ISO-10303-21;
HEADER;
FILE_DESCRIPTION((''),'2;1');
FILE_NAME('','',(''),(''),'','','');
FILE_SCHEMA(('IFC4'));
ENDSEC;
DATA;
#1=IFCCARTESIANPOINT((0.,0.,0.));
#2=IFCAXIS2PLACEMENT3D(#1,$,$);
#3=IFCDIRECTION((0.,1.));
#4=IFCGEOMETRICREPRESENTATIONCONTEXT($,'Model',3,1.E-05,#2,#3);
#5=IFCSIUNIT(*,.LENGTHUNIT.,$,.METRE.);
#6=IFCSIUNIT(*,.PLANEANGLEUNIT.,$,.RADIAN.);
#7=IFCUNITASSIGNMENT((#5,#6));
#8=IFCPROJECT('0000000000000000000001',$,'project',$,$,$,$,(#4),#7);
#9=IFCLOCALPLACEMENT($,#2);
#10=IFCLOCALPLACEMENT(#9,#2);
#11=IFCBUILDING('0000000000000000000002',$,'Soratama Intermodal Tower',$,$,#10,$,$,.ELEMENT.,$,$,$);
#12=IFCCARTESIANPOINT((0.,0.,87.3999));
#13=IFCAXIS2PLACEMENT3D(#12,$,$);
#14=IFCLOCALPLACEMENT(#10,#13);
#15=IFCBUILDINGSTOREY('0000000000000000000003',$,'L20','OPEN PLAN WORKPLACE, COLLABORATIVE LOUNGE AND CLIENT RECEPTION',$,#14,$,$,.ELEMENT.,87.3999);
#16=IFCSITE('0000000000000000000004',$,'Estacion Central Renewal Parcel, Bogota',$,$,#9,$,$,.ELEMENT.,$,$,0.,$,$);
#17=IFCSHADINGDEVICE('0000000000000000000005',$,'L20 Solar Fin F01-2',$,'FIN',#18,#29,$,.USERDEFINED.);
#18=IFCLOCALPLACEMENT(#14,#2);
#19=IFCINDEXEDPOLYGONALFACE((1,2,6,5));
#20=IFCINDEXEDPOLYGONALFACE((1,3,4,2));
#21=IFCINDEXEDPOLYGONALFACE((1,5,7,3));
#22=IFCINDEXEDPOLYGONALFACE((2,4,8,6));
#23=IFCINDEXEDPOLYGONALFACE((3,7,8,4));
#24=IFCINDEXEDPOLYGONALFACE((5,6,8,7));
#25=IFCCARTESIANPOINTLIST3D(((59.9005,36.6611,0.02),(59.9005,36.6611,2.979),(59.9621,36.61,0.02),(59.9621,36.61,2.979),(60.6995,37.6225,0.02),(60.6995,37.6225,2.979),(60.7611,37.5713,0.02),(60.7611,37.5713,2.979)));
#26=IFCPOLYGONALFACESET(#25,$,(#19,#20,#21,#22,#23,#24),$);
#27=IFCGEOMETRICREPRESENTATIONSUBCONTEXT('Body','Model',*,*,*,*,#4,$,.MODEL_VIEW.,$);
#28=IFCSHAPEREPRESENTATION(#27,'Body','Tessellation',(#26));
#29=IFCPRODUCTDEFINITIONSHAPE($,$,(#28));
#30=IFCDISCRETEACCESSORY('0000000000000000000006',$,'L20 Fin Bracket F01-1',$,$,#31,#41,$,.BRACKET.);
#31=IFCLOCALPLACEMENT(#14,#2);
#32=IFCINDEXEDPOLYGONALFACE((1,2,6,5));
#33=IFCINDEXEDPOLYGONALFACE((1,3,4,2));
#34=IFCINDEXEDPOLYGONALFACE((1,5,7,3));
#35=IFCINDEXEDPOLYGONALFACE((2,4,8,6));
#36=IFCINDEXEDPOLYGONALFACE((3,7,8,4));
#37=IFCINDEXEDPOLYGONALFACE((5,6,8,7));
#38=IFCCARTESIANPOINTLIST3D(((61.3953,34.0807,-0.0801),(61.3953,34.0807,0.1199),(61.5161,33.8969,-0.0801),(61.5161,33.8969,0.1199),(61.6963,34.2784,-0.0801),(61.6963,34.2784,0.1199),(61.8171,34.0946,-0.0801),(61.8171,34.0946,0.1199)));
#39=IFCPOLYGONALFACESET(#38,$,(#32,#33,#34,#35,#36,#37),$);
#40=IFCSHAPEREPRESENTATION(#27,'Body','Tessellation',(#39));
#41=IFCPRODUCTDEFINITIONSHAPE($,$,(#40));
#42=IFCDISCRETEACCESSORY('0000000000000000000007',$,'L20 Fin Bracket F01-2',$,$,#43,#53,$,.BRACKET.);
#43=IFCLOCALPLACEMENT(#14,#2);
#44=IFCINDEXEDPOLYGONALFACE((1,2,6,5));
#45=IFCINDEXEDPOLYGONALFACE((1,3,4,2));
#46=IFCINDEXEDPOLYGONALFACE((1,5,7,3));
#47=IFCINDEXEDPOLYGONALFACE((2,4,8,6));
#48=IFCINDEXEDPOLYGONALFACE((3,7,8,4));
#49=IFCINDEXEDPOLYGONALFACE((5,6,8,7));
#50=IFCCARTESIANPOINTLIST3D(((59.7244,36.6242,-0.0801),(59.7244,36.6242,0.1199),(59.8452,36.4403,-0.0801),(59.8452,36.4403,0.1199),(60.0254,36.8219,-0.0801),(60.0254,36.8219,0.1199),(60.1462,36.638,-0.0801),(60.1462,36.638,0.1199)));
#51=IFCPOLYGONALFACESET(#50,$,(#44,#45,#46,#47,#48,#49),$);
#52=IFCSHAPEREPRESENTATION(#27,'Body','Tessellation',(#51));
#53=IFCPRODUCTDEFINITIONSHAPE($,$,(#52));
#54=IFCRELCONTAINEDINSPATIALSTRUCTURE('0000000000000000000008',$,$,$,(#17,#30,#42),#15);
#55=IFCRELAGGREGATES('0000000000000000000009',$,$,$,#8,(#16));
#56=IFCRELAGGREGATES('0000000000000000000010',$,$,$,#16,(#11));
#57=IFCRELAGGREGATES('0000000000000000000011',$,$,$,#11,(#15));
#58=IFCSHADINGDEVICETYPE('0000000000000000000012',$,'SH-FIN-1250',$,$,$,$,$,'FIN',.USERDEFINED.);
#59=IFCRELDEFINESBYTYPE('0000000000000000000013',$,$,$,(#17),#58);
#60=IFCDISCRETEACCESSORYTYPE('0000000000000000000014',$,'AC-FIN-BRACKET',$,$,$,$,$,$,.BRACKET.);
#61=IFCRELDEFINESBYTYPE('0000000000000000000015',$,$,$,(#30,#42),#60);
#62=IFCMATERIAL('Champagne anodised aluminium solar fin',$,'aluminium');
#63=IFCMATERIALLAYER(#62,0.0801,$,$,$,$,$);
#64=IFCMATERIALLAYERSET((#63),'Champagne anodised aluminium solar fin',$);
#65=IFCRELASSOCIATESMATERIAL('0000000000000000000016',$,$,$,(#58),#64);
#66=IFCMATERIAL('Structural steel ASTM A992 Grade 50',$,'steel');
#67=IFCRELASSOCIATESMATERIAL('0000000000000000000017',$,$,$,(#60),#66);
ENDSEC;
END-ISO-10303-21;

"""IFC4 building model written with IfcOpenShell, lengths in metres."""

from ifc_helpers import new_model, si_unit, direction, frame, origin, origin_2d, place, context, subcontext, project, spatial, rectangle, extrude, material, layer, layer_set, type_object, element, save


model = new_model("IFC4")

# Units and contexts
model_context = context("Model", 3, precision=1e-05, world=origin(), true_north=direction((0.0, 1.0)))
body_context = subcontext(model_context, "Body", "Model", "MODEL_VIEW")
ifc_project = project(units=[si_unit("LENGTHUNIT", "METRE"), si_unit("PLANEANGLEUNIT", "RADIAN")], contexts=[model_context])

# Site, building, storey
site_placement = place(None, origin())
site = spatial("IfcSite", under=ifc_project, at=site_placement, Name="Estacion Central Renewal Parcel, Bogota", CompositionType="ELEMENT", RefElevation=0.0)
building_placement = place(site_placement, origin())
building = spatial("IfcBuilding", under=site, at=building_placement, Name="Soratama Intermodal Tower", CompositionType="ELEMENT")
storey_placement = place(building_placement, frame((0.0, 0.0, 87.3999)))
storey = spatial("IfcBuildingStorey", under=building, at=storey_placement, Name="L20", Description="OPEN PLAN WORKPLACE, COLLABORATIVE LOUNGE AND CLIENT RECEPTION", CompositionType="ELEMENT", Elevation=87.3999)

# Shading device
ifc_material_1 = material(Name="Champagne anodised aluminium solar fin", Category="aluminium")
ifc_layer_1 = layer(ifc_material_1, 0.0801)
ifc_layer_set_1 = layer_set([ifc_layer_1], Name="Champagne anodised aluminium solar fin")
shading_device_type = type_object("IfcShadingDeviceType", Name="SH-FIN-1250", ElementType="FIN", PredefinedType="USERDEFINED", material=ifc_layer_set_1)
for number, where, z_axis, x_axis, name in (
    (1, (60.3308, 37.1162, 0.02), (0.0, 0.0, 1.0), (0.639171, 0.769065, 0.0), "L20 Solar Fin F01-2"),
):
    element("IfcShadingDevice", number, at=place(storey_placement, frame(where, z_axis=z_axis, x_axis=x_axis)), inside=storey, type_object=shading_device_type, Name=name, ObjectType="FIN", PredefinedType="USERDEFINED", context=body_context, shape_type="SweptSolid", body=[
        extrude(rectangle(XDim=1.25, YDim=0.0801, at=origin_2d()), origin(), (0.0, 0.0, 1.0), 2.959),
    ])

# Discrete accessories
ifc_material_2 = material(Name="Structural steel ASTM A992 Grade 50", Category="steel")
discrete_accessory_type = type_object("IfcDiscreteAccessoryType", Name="AC-FIN-BRACKET", PredefinedType="BRACKET", material=ifc_material_2)
for number, where, z_axis, x_axis, name in (
    (2, (61.6062, 34.0876, -0.0801), (0.0, 0.0, 1.0), (0.835807, 0.549023, 0.0), "L20 Fin Bracket F01-1"),
    (3, (59.9353, 36.6311, -0.0801), (0.0, 0.0, 1.0), (0.835807, 0.549023, 0.0), "L20 Fin Bracket F01-2"),
):
    element("IfcDiscreteAccessory", number, at=place(storey_placement, frame(where, z_axis=z_axis, x_axis=x_axis)), inside=storey, type_object=discrete_accessory_type, Name=name, PredefinedType="BRACKET", context=body_context, shape_type="SweptSolid", body=[
        extrude(rectangle(XDim=0.3601, YDim=0.22, at=origin_2d()), origin(), (0.0, 0.0, 1.0), 0.2),
    ])

save(model, "model.ifc")
